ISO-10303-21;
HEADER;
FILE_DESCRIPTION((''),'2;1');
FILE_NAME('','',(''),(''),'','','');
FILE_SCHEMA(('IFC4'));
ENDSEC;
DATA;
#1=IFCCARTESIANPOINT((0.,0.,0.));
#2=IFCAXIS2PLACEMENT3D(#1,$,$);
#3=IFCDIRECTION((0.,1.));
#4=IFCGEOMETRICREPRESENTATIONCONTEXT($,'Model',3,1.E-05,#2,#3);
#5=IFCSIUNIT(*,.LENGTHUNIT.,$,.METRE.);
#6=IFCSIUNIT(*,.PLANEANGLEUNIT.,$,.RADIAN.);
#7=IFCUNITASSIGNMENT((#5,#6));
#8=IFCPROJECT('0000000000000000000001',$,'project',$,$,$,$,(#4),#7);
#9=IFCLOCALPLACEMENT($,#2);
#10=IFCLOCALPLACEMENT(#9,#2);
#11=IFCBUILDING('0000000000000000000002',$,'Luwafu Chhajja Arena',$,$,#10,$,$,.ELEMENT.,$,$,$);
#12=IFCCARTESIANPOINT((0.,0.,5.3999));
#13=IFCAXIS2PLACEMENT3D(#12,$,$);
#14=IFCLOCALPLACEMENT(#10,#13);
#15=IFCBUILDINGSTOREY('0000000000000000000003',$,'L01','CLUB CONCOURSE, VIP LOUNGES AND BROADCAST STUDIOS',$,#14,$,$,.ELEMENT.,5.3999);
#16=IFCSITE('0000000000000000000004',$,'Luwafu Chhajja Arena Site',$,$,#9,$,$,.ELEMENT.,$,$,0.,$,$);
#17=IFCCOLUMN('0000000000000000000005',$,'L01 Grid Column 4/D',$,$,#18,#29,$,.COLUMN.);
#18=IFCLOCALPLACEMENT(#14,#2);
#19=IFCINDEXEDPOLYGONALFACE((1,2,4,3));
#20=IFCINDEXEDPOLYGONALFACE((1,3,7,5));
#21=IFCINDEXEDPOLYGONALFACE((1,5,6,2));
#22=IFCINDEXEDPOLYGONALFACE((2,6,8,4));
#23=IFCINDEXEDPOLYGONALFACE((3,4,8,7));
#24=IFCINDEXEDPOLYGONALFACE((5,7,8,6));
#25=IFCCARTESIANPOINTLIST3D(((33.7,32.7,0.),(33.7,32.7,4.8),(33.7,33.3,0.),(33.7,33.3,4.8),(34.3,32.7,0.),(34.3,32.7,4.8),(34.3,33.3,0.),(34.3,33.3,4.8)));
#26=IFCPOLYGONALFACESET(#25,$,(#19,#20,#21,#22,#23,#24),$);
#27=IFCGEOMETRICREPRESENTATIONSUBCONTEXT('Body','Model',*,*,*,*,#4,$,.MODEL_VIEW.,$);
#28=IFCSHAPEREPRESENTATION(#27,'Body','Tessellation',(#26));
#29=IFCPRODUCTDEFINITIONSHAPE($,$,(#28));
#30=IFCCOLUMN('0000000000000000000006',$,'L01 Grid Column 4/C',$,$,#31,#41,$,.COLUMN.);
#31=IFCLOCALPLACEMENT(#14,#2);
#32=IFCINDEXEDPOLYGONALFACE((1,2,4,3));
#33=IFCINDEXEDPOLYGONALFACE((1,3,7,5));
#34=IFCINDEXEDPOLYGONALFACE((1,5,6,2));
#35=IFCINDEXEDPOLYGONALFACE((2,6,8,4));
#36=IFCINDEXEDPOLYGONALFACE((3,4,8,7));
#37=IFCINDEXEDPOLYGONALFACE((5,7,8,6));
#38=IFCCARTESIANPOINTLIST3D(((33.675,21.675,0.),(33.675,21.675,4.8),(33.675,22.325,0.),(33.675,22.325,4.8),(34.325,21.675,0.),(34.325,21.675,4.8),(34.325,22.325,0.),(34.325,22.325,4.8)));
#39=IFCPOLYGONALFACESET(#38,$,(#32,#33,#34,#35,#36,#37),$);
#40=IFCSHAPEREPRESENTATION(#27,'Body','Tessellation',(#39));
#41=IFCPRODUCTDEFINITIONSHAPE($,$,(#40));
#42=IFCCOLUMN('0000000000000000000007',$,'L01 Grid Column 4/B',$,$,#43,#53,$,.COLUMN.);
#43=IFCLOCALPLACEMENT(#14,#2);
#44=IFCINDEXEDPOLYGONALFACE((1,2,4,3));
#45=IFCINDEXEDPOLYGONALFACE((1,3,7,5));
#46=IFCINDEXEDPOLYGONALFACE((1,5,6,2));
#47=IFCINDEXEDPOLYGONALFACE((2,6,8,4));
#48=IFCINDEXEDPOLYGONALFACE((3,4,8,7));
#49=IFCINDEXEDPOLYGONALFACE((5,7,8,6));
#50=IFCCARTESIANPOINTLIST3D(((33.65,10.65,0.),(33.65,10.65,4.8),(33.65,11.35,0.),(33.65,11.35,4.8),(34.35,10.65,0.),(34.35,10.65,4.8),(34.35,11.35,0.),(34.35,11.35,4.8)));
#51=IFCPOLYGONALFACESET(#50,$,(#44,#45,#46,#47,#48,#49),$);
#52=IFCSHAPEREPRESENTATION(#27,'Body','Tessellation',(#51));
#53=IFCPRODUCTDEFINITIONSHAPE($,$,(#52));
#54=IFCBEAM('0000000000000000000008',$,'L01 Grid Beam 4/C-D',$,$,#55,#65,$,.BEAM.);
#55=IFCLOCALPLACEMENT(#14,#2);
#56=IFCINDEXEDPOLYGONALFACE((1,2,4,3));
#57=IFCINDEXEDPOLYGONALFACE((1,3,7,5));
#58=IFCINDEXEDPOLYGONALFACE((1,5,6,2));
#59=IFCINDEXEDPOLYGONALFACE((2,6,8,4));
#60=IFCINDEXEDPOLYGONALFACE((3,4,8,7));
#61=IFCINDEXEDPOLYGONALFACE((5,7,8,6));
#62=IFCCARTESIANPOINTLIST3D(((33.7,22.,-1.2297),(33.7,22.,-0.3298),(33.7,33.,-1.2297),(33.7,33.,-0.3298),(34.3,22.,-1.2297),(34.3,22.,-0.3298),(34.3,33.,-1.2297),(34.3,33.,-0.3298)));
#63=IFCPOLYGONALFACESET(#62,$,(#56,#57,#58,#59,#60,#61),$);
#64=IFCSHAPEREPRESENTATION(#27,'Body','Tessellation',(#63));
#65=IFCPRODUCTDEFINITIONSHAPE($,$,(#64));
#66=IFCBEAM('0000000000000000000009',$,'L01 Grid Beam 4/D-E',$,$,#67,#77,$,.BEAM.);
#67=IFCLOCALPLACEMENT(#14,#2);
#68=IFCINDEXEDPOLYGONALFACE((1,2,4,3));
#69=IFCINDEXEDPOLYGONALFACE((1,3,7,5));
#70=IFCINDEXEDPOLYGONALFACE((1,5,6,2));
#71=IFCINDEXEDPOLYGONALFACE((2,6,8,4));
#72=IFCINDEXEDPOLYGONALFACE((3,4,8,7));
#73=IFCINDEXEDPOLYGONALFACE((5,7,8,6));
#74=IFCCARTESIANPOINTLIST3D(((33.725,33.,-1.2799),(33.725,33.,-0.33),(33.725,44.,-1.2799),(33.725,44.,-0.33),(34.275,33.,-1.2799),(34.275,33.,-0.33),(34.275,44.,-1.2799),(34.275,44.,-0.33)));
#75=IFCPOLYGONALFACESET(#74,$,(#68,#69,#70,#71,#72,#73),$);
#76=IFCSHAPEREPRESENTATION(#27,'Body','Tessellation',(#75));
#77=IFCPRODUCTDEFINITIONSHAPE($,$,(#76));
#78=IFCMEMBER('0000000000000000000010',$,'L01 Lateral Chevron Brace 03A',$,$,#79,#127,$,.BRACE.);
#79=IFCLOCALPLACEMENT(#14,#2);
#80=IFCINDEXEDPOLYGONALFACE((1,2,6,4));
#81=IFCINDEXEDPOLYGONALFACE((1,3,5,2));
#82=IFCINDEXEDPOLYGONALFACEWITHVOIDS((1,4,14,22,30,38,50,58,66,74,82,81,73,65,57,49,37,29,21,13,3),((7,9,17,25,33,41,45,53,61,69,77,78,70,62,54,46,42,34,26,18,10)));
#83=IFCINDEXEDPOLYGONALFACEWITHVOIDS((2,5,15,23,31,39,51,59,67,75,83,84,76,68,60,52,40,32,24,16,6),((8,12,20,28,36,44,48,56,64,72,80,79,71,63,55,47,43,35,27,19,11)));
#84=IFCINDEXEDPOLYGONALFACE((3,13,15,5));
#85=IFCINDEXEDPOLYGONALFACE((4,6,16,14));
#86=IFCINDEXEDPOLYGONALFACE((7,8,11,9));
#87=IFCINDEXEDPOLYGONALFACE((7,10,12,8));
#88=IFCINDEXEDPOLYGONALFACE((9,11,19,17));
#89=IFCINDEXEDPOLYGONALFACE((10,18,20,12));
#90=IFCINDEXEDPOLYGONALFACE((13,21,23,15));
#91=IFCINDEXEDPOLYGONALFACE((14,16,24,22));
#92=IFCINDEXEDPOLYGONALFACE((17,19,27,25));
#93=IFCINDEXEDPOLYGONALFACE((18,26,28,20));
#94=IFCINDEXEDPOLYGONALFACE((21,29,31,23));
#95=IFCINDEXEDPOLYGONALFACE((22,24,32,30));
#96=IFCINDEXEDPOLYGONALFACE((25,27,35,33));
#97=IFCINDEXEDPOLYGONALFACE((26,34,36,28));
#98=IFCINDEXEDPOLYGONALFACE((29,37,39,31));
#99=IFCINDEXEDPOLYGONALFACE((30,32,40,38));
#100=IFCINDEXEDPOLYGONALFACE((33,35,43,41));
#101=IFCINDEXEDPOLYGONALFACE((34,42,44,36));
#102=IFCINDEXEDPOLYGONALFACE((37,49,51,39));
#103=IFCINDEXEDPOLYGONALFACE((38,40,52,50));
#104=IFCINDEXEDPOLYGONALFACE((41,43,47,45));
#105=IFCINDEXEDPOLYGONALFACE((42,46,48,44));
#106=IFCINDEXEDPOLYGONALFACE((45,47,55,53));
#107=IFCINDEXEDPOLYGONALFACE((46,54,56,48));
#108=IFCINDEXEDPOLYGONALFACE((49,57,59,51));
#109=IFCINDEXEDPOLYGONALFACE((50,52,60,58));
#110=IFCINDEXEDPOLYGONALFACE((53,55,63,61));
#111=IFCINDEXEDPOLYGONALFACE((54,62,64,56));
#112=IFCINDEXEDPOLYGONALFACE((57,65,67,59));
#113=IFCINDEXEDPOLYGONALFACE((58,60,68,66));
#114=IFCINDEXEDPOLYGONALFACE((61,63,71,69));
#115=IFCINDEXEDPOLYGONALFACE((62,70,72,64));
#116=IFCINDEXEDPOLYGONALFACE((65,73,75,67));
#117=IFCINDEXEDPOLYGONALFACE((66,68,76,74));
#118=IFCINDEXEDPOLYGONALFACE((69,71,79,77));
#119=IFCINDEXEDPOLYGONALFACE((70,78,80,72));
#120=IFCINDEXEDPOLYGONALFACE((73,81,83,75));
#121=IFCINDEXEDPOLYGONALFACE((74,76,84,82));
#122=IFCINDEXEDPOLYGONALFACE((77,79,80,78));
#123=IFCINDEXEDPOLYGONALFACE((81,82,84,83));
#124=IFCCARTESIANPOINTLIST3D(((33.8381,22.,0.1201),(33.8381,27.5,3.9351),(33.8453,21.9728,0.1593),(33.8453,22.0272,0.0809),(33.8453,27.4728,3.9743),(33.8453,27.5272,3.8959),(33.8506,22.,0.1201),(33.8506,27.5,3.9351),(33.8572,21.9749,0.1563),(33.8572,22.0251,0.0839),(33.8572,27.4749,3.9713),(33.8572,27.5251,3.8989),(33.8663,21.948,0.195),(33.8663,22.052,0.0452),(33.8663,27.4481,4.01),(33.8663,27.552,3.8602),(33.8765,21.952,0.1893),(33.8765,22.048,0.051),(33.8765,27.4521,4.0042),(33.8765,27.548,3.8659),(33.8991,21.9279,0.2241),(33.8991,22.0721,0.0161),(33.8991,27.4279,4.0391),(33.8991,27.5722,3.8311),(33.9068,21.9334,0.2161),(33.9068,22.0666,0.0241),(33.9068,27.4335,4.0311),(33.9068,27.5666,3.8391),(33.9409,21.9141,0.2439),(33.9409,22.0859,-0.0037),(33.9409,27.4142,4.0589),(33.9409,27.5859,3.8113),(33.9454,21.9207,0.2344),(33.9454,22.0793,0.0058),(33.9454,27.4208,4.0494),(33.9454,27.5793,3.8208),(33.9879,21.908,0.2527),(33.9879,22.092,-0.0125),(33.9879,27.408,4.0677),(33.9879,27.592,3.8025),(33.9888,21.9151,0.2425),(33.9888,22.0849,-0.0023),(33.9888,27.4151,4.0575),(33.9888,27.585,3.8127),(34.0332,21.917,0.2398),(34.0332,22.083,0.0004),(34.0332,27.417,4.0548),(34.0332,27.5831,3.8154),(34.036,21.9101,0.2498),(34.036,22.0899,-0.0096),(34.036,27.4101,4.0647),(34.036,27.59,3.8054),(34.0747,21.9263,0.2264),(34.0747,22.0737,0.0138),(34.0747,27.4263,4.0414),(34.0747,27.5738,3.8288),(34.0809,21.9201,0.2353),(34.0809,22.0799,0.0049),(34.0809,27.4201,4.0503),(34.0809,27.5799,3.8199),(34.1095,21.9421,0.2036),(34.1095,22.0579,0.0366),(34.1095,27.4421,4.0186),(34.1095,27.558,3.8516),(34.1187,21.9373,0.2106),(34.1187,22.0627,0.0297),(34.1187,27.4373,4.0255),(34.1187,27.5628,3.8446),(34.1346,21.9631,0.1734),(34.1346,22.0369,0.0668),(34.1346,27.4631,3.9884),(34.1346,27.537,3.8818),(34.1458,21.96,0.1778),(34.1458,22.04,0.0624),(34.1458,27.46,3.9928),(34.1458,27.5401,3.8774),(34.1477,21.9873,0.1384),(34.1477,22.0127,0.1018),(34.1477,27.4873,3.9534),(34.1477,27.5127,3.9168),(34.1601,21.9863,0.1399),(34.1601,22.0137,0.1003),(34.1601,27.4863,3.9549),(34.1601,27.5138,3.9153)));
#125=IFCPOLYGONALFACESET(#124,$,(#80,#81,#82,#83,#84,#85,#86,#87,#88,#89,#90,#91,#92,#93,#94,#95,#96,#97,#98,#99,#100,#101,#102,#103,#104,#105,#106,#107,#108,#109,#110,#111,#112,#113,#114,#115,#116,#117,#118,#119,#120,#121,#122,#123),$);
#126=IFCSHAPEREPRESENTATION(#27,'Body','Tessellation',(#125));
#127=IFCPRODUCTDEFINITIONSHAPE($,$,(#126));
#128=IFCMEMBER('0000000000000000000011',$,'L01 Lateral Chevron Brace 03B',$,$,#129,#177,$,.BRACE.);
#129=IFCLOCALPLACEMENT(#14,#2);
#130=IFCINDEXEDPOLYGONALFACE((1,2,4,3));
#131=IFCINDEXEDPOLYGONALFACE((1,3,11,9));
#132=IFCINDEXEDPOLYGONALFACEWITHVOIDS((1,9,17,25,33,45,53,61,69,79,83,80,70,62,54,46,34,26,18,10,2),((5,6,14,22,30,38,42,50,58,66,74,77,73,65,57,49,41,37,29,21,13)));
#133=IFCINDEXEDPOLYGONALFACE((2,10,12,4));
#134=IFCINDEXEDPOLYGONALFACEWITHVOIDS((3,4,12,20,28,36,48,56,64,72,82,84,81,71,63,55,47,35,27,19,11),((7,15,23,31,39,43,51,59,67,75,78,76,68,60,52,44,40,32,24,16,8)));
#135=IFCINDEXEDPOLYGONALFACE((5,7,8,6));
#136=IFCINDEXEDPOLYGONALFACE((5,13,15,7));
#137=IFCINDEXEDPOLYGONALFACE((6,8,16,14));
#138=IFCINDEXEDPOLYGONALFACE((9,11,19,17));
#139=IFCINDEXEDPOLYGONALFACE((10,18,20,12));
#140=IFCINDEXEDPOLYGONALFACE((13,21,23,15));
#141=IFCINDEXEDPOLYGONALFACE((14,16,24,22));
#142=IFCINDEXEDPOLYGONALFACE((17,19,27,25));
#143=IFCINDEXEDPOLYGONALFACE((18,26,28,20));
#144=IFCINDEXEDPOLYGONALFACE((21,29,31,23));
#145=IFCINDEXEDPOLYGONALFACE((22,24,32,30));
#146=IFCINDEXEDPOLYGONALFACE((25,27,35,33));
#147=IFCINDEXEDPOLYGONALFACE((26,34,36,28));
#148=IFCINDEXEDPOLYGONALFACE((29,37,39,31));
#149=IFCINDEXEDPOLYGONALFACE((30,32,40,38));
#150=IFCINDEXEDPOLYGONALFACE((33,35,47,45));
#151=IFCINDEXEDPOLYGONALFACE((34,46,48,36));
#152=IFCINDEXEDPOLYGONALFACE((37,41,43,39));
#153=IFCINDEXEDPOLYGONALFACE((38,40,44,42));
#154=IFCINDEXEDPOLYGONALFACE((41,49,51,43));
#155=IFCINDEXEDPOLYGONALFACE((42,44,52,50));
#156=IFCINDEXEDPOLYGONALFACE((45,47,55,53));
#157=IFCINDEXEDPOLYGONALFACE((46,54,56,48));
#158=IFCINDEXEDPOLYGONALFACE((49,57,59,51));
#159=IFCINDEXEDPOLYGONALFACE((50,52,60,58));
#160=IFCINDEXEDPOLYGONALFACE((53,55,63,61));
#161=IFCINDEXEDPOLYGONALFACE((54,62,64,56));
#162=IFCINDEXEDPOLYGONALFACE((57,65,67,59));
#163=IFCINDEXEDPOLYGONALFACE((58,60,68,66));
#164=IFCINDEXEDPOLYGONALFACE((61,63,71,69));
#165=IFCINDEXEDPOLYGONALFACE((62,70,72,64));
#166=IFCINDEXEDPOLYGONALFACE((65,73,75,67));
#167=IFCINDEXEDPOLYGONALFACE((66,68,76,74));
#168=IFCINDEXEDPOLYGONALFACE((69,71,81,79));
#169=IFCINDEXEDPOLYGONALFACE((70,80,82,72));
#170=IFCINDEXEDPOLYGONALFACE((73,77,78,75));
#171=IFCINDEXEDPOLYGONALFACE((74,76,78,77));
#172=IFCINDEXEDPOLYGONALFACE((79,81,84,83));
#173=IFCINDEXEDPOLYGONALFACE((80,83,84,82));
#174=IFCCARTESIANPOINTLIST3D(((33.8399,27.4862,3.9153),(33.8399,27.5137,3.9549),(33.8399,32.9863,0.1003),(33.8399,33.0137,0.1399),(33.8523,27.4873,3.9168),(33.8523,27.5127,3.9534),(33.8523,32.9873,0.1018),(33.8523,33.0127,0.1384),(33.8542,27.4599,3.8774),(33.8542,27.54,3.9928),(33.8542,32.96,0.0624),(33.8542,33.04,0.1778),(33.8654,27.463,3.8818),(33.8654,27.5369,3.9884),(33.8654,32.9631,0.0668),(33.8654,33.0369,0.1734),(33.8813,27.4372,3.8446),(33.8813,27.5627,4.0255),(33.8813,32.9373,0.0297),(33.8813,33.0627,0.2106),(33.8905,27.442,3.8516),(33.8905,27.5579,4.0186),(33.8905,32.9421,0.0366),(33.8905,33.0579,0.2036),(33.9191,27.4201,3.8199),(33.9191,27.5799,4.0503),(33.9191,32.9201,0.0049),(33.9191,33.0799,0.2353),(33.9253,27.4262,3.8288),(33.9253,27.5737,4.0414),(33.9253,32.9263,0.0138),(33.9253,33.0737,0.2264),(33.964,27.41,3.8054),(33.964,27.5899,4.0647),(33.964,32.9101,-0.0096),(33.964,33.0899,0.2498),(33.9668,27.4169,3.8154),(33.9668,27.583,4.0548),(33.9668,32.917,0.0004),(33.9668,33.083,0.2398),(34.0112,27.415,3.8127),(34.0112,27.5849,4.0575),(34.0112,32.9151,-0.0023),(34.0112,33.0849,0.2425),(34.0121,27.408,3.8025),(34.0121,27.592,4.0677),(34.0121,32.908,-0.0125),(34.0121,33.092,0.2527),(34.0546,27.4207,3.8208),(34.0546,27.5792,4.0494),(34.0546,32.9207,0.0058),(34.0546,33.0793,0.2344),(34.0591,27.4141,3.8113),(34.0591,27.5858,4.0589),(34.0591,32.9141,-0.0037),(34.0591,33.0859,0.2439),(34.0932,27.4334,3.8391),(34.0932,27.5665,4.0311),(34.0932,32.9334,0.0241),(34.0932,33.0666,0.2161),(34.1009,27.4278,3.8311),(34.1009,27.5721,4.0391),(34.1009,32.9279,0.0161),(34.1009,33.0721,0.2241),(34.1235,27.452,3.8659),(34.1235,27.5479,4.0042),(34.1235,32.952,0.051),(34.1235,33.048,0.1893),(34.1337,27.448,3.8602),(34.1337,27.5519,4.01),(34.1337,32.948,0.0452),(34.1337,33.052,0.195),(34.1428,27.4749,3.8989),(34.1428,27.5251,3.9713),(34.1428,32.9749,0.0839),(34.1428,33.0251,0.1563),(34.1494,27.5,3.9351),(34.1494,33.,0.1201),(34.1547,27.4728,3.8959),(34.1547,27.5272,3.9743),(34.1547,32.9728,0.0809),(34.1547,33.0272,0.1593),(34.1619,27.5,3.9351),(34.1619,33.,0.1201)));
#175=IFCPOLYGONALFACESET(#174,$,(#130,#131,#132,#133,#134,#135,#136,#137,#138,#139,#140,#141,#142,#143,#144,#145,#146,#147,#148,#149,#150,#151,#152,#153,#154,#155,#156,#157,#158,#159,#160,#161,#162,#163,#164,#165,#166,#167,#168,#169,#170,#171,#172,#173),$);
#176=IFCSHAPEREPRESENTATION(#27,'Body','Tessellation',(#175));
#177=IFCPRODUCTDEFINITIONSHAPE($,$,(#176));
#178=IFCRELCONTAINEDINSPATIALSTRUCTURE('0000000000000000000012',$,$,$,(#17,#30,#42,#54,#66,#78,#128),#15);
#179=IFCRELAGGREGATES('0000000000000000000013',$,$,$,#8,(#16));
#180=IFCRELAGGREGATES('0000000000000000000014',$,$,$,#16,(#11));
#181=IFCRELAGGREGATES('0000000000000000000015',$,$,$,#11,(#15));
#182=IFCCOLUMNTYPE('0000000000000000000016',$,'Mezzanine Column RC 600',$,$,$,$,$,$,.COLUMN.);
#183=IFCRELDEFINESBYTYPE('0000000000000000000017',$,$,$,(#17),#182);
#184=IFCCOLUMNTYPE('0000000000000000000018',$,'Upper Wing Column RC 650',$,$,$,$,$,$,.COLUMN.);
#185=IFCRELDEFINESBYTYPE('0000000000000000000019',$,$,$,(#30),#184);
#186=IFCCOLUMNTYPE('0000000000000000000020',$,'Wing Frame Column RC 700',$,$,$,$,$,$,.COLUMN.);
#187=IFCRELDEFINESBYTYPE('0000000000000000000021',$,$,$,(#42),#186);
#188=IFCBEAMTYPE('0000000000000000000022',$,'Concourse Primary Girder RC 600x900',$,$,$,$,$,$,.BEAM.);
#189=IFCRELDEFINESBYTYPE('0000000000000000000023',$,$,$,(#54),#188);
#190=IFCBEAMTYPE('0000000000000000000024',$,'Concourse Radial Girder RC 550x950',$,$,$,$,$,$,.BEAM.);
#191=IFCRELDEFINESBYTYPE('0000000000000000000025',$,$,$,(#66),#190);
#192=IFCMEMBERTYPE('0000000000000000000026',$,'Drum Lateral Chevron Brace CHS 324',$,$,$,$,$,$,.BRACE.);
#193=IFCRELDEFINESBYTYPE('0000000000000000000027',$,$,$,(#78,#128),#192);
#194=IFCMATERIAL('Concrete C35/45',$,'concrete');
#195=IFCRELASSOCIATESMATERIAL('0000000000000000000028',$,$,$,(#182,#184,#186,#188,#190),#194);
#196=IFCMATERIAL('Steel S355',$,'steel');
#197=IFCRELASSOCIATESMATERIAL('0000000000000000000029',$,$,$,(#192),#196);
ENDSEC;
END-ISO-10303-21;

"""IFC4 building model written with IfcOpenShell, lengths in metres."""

from ifc_helpers import new_model, si_unit, direction, frame, origin, origin_2d, place, context, subcontext, project, spatial, rectangle, hollow_circle, extrude, material, material_profile, profile_set, type_object, element, save


model = new_model("IFC4")

# Units and contexts
model_context = context("Model", 3, precision=1e-05, world=origin(), true_north=direction((0.0, 1.0)))
body_context = subcontext(model_context, "Body", "Model", "MODEL_VIEW")
ifc_project = project(units=[si_unit("LENGTHUNIT", "METRE"), si_unit("PLANEANGLEUNIT", "RADIAN")], contexts=[model_context])

# Site, building, storey
site_placement = place(None, origin())
site = spatial("IfcSite", under=ifc_project, at=site_placement, Name="Luwafu Chhajja Arena Site", CompositionType="ELEMENT", RefElevation=0.0)
building_placement = place(site_placement, origin())
building = spatial("IfcBuilding", under=site, at=building_placement, Name="Luwafu Chhajja Arena", CompositionType="ELEMENT")
storey_placement = place(building_placement, frame((0.0, 0.0, 5.3999)))
storey = spatial("IfcBuildingStorey", under=building, at=storey_placement, Name="L01", Description="CLUB CONCOURSE, VIP LOUNGES AND BROADCAST STUDIOS", CompositionType="ELEMENT", Elevation=5.3999)

# Columns
ifc_material_1 = material(Name="Concrete C35/45", Category="concrete")
ifc_material_profile_1 = material_profile(ifc_material_1, rectangle(XDim=0.6001, YDim=0.6001, at=origin_2d()), Name="RC 600x600")
ifc_profile_set_1 = profile_set([ifc_material_profile_1], Name="Concrete C35/45")
column_type_1 = type_object("IfcColumnType", Name="Mezzanine Column RC 600", PredefinedType="COLUMN", material=ifc_profile_set_1)
column_1_placement = place(storey_placement, frame((34.0, 33.0, 0.0), z_axis=(0.0, 0.0, 1.0), x_axis=(1.0, 0.0, 0.0)))
element("IfcColumn", 1, at=column_1_placement, inside=storey, type_object=column_type_1, Name="L01 Grid Column 4/D", PredefinedType="COLUMN", context=body_context, shape_type="SweptSolid", body=[
    extrude(rectangle(XDim=0.6001, YDim=0.6001, at=origin_2d()), origin(), (0.0, 0.0, 1.0), 4.8),
])
ifc_material_profile_2 = material_profile(ifc_material_1, rectangle(XDim=0.6499, YDim=0.6499, at=origin_2d()), Name="RC 650x650")
ifc_profile_set_2 = profile_set([ifc_material_profile_2], Name="Concrete C35/45")
column_type_2 = type_object("IfcColumnType", Name="Upper Wing Column RC 650", PredefinedType="COLUMN", material=ifc_profile_set_2)
column_2_placement = place(storey_placement, frame((34.0, 22.0, 0.0), z_axis=(0.0, 0.0, 1.0), x_axis=(1.0, 0.0, 0.0)))
element("IfcColumn", 2, at=column_2_placement, inside=storey, type_object=column_type_2, Name="L01 Grid Column 4/C", PredefinedType="COLUMN", context=body_context, shape_type="SweptSolid", body=[
    extrude(rectangle(XDim=0.6499, YDim=0.6499, at=origin_2d()), origin(), (0.0, 0.0, 1.0), 4.8),
])
ifc_material_profile_3 = material_profile(ifc_material_1, rectangle(XDim=0.7, YDim=0.7, at=origin_2d()), Name="RC 700x700")
ifc_profile_set_3 = profile_set([ifc_material_profile_3], Name="Concrete C35/45")
column_type_3 = type_object("IfcColumnType", Name="Wing Frame Column RC 700", PredefinedType="COLUMN", material=ifc_profile_set_3)
column_3_placement = place(storey_placement, frame((34.0, 11.0, 0.0), z_axis=(0.0, 0.0, 1.0), x_axis=(1.0, 0.0, 0.0)))
element("IfcColumn", 3, at=column_3_placement, inside=storey, type_object=column_type_3, Name="L01 Grid Column 4/B", PredefinedType="COLUMN", context=body_context, shape_type="SweptSolid", body=[
    extrude(rectangle(XDim=0.7, YDim=0.7, at=origin_2d()), origin(), (0.0, 0.0, 1.0), 4.8),
])

# Beams
ifc_material_profile_4 = material_profile(ifc_material_1, rectangle(XDim=0.6001, YDim=0.8999, at=origin_2d()), Name="RC 600x900")
ifc_profile_set_4 = profile_set([ifc_material_profile_4], Name="Concrete C35/45")
beam_type_1 = type_object("IfcBeamType", Name="Concourse Primary Girder RC 600x900", PredefinedType="BEAM", material=ifc_profile_set_4)
beam_1_placement = place(storey_placement, frame((34.0, 22.0, -0.7798), z_axis=(0.0, 1.0, 0.0), x_axis=(-1.0, 0.0, 0.0)))
element("IfcBeam", 4, at=beam_1_placement, inside=storey, type_object=beam_type_1, Name="L01 Grid Beam 4/C-D", PredefinedType="BEAM", context=body_context, shape_type="SweptSolid", body=[
    extrude(rectangle(XDim=0.6001, YDim=0.8999, at=origin_2d()), origin(), (0.0, 0.0, 1.0), 11.0),
])
ifc_material_profile_5 = material_profile(ifc_material_1, rectangle(XDim=0.55, YDim=0.95, at=origin_2d()), Name="RC 550x950")
ifc_profile_set_5 = profile_set([ifc_material_profile_5], Name="Concrete C35/45")
beam_type_2 = type_object("IfcBeamType", Name="Concourse Radial Girder RC 550x950", PredefinedType="BEAM", material=ifc_profile_set_5)
beam_2_placement = place(storey_placement, frame((34.0, 33.0, -0.8049), z_axis=(0.0, 1.0, 0.0), x_axis=(-1.0, 0.0, 0.0)))
element("IfcBeam", 5, at=beam_2_placement, inside=storey, type_object=beam_type_2, Name="L01 Grid Beam 4/D-E", PredefinedType="BEAM", context=body_context, shape_type="SweptSolid", body=[
    extrude(rectangle(XDim=0.55, YDim=0.95, at=origin_2d()), origin(), (0.0, 0.0, 1.0), 11.0),
])

# Members
ifc_material_2 = material(Name="Steel S355", Category="steel")
ifc_material_profile_6 = material_profile(ifc_material_2, hollow_circle(Radius=0.1619, WallThickness=0.0125, at=origin_2d()), Name="CHS 323.9x12.5")
ifc_profile_set_6 = profile_set([ifc_material_profile_6], Name="Steel S355")
member_type = type_object("IfcMemberType", Name="Drum Lateral Chevron Brace CHS 324", PredefinedType="BRACE", material=ifc_profile_set_6)
for number, where, z_axis, x_axis, name in (
    (6, (34.0, 22.0, 0.1201), (0.0, 0.821685, 0.569942), (-1.0, 0.0, 0.0), "L01 Lateral Chevron Brace 03A"),
    (7, (34.0, 33.0, 0.1201), (0.0, -0.821685, 0.569942), (1.0, 0.0, 0.0), "L01 Lateral Chevron Brace 03B"),
):
    element("IfcMember", number, at=place(storey_placement, frame(where, z_axis=z_axis, x_axis=x_axis)), inside=storey, type_object=member_type, Name=name, PredefinedType="BRACE", context=body_context, shape_type="SweptSolid", body=[
        extrude(hollow_circle(Radius=0.1619, WallThickness=0.0125, at=origin_2d()), origin(), (0.0, 0.0, 1.0), 6.6936),
    ])

save(model, "model.ifc")
